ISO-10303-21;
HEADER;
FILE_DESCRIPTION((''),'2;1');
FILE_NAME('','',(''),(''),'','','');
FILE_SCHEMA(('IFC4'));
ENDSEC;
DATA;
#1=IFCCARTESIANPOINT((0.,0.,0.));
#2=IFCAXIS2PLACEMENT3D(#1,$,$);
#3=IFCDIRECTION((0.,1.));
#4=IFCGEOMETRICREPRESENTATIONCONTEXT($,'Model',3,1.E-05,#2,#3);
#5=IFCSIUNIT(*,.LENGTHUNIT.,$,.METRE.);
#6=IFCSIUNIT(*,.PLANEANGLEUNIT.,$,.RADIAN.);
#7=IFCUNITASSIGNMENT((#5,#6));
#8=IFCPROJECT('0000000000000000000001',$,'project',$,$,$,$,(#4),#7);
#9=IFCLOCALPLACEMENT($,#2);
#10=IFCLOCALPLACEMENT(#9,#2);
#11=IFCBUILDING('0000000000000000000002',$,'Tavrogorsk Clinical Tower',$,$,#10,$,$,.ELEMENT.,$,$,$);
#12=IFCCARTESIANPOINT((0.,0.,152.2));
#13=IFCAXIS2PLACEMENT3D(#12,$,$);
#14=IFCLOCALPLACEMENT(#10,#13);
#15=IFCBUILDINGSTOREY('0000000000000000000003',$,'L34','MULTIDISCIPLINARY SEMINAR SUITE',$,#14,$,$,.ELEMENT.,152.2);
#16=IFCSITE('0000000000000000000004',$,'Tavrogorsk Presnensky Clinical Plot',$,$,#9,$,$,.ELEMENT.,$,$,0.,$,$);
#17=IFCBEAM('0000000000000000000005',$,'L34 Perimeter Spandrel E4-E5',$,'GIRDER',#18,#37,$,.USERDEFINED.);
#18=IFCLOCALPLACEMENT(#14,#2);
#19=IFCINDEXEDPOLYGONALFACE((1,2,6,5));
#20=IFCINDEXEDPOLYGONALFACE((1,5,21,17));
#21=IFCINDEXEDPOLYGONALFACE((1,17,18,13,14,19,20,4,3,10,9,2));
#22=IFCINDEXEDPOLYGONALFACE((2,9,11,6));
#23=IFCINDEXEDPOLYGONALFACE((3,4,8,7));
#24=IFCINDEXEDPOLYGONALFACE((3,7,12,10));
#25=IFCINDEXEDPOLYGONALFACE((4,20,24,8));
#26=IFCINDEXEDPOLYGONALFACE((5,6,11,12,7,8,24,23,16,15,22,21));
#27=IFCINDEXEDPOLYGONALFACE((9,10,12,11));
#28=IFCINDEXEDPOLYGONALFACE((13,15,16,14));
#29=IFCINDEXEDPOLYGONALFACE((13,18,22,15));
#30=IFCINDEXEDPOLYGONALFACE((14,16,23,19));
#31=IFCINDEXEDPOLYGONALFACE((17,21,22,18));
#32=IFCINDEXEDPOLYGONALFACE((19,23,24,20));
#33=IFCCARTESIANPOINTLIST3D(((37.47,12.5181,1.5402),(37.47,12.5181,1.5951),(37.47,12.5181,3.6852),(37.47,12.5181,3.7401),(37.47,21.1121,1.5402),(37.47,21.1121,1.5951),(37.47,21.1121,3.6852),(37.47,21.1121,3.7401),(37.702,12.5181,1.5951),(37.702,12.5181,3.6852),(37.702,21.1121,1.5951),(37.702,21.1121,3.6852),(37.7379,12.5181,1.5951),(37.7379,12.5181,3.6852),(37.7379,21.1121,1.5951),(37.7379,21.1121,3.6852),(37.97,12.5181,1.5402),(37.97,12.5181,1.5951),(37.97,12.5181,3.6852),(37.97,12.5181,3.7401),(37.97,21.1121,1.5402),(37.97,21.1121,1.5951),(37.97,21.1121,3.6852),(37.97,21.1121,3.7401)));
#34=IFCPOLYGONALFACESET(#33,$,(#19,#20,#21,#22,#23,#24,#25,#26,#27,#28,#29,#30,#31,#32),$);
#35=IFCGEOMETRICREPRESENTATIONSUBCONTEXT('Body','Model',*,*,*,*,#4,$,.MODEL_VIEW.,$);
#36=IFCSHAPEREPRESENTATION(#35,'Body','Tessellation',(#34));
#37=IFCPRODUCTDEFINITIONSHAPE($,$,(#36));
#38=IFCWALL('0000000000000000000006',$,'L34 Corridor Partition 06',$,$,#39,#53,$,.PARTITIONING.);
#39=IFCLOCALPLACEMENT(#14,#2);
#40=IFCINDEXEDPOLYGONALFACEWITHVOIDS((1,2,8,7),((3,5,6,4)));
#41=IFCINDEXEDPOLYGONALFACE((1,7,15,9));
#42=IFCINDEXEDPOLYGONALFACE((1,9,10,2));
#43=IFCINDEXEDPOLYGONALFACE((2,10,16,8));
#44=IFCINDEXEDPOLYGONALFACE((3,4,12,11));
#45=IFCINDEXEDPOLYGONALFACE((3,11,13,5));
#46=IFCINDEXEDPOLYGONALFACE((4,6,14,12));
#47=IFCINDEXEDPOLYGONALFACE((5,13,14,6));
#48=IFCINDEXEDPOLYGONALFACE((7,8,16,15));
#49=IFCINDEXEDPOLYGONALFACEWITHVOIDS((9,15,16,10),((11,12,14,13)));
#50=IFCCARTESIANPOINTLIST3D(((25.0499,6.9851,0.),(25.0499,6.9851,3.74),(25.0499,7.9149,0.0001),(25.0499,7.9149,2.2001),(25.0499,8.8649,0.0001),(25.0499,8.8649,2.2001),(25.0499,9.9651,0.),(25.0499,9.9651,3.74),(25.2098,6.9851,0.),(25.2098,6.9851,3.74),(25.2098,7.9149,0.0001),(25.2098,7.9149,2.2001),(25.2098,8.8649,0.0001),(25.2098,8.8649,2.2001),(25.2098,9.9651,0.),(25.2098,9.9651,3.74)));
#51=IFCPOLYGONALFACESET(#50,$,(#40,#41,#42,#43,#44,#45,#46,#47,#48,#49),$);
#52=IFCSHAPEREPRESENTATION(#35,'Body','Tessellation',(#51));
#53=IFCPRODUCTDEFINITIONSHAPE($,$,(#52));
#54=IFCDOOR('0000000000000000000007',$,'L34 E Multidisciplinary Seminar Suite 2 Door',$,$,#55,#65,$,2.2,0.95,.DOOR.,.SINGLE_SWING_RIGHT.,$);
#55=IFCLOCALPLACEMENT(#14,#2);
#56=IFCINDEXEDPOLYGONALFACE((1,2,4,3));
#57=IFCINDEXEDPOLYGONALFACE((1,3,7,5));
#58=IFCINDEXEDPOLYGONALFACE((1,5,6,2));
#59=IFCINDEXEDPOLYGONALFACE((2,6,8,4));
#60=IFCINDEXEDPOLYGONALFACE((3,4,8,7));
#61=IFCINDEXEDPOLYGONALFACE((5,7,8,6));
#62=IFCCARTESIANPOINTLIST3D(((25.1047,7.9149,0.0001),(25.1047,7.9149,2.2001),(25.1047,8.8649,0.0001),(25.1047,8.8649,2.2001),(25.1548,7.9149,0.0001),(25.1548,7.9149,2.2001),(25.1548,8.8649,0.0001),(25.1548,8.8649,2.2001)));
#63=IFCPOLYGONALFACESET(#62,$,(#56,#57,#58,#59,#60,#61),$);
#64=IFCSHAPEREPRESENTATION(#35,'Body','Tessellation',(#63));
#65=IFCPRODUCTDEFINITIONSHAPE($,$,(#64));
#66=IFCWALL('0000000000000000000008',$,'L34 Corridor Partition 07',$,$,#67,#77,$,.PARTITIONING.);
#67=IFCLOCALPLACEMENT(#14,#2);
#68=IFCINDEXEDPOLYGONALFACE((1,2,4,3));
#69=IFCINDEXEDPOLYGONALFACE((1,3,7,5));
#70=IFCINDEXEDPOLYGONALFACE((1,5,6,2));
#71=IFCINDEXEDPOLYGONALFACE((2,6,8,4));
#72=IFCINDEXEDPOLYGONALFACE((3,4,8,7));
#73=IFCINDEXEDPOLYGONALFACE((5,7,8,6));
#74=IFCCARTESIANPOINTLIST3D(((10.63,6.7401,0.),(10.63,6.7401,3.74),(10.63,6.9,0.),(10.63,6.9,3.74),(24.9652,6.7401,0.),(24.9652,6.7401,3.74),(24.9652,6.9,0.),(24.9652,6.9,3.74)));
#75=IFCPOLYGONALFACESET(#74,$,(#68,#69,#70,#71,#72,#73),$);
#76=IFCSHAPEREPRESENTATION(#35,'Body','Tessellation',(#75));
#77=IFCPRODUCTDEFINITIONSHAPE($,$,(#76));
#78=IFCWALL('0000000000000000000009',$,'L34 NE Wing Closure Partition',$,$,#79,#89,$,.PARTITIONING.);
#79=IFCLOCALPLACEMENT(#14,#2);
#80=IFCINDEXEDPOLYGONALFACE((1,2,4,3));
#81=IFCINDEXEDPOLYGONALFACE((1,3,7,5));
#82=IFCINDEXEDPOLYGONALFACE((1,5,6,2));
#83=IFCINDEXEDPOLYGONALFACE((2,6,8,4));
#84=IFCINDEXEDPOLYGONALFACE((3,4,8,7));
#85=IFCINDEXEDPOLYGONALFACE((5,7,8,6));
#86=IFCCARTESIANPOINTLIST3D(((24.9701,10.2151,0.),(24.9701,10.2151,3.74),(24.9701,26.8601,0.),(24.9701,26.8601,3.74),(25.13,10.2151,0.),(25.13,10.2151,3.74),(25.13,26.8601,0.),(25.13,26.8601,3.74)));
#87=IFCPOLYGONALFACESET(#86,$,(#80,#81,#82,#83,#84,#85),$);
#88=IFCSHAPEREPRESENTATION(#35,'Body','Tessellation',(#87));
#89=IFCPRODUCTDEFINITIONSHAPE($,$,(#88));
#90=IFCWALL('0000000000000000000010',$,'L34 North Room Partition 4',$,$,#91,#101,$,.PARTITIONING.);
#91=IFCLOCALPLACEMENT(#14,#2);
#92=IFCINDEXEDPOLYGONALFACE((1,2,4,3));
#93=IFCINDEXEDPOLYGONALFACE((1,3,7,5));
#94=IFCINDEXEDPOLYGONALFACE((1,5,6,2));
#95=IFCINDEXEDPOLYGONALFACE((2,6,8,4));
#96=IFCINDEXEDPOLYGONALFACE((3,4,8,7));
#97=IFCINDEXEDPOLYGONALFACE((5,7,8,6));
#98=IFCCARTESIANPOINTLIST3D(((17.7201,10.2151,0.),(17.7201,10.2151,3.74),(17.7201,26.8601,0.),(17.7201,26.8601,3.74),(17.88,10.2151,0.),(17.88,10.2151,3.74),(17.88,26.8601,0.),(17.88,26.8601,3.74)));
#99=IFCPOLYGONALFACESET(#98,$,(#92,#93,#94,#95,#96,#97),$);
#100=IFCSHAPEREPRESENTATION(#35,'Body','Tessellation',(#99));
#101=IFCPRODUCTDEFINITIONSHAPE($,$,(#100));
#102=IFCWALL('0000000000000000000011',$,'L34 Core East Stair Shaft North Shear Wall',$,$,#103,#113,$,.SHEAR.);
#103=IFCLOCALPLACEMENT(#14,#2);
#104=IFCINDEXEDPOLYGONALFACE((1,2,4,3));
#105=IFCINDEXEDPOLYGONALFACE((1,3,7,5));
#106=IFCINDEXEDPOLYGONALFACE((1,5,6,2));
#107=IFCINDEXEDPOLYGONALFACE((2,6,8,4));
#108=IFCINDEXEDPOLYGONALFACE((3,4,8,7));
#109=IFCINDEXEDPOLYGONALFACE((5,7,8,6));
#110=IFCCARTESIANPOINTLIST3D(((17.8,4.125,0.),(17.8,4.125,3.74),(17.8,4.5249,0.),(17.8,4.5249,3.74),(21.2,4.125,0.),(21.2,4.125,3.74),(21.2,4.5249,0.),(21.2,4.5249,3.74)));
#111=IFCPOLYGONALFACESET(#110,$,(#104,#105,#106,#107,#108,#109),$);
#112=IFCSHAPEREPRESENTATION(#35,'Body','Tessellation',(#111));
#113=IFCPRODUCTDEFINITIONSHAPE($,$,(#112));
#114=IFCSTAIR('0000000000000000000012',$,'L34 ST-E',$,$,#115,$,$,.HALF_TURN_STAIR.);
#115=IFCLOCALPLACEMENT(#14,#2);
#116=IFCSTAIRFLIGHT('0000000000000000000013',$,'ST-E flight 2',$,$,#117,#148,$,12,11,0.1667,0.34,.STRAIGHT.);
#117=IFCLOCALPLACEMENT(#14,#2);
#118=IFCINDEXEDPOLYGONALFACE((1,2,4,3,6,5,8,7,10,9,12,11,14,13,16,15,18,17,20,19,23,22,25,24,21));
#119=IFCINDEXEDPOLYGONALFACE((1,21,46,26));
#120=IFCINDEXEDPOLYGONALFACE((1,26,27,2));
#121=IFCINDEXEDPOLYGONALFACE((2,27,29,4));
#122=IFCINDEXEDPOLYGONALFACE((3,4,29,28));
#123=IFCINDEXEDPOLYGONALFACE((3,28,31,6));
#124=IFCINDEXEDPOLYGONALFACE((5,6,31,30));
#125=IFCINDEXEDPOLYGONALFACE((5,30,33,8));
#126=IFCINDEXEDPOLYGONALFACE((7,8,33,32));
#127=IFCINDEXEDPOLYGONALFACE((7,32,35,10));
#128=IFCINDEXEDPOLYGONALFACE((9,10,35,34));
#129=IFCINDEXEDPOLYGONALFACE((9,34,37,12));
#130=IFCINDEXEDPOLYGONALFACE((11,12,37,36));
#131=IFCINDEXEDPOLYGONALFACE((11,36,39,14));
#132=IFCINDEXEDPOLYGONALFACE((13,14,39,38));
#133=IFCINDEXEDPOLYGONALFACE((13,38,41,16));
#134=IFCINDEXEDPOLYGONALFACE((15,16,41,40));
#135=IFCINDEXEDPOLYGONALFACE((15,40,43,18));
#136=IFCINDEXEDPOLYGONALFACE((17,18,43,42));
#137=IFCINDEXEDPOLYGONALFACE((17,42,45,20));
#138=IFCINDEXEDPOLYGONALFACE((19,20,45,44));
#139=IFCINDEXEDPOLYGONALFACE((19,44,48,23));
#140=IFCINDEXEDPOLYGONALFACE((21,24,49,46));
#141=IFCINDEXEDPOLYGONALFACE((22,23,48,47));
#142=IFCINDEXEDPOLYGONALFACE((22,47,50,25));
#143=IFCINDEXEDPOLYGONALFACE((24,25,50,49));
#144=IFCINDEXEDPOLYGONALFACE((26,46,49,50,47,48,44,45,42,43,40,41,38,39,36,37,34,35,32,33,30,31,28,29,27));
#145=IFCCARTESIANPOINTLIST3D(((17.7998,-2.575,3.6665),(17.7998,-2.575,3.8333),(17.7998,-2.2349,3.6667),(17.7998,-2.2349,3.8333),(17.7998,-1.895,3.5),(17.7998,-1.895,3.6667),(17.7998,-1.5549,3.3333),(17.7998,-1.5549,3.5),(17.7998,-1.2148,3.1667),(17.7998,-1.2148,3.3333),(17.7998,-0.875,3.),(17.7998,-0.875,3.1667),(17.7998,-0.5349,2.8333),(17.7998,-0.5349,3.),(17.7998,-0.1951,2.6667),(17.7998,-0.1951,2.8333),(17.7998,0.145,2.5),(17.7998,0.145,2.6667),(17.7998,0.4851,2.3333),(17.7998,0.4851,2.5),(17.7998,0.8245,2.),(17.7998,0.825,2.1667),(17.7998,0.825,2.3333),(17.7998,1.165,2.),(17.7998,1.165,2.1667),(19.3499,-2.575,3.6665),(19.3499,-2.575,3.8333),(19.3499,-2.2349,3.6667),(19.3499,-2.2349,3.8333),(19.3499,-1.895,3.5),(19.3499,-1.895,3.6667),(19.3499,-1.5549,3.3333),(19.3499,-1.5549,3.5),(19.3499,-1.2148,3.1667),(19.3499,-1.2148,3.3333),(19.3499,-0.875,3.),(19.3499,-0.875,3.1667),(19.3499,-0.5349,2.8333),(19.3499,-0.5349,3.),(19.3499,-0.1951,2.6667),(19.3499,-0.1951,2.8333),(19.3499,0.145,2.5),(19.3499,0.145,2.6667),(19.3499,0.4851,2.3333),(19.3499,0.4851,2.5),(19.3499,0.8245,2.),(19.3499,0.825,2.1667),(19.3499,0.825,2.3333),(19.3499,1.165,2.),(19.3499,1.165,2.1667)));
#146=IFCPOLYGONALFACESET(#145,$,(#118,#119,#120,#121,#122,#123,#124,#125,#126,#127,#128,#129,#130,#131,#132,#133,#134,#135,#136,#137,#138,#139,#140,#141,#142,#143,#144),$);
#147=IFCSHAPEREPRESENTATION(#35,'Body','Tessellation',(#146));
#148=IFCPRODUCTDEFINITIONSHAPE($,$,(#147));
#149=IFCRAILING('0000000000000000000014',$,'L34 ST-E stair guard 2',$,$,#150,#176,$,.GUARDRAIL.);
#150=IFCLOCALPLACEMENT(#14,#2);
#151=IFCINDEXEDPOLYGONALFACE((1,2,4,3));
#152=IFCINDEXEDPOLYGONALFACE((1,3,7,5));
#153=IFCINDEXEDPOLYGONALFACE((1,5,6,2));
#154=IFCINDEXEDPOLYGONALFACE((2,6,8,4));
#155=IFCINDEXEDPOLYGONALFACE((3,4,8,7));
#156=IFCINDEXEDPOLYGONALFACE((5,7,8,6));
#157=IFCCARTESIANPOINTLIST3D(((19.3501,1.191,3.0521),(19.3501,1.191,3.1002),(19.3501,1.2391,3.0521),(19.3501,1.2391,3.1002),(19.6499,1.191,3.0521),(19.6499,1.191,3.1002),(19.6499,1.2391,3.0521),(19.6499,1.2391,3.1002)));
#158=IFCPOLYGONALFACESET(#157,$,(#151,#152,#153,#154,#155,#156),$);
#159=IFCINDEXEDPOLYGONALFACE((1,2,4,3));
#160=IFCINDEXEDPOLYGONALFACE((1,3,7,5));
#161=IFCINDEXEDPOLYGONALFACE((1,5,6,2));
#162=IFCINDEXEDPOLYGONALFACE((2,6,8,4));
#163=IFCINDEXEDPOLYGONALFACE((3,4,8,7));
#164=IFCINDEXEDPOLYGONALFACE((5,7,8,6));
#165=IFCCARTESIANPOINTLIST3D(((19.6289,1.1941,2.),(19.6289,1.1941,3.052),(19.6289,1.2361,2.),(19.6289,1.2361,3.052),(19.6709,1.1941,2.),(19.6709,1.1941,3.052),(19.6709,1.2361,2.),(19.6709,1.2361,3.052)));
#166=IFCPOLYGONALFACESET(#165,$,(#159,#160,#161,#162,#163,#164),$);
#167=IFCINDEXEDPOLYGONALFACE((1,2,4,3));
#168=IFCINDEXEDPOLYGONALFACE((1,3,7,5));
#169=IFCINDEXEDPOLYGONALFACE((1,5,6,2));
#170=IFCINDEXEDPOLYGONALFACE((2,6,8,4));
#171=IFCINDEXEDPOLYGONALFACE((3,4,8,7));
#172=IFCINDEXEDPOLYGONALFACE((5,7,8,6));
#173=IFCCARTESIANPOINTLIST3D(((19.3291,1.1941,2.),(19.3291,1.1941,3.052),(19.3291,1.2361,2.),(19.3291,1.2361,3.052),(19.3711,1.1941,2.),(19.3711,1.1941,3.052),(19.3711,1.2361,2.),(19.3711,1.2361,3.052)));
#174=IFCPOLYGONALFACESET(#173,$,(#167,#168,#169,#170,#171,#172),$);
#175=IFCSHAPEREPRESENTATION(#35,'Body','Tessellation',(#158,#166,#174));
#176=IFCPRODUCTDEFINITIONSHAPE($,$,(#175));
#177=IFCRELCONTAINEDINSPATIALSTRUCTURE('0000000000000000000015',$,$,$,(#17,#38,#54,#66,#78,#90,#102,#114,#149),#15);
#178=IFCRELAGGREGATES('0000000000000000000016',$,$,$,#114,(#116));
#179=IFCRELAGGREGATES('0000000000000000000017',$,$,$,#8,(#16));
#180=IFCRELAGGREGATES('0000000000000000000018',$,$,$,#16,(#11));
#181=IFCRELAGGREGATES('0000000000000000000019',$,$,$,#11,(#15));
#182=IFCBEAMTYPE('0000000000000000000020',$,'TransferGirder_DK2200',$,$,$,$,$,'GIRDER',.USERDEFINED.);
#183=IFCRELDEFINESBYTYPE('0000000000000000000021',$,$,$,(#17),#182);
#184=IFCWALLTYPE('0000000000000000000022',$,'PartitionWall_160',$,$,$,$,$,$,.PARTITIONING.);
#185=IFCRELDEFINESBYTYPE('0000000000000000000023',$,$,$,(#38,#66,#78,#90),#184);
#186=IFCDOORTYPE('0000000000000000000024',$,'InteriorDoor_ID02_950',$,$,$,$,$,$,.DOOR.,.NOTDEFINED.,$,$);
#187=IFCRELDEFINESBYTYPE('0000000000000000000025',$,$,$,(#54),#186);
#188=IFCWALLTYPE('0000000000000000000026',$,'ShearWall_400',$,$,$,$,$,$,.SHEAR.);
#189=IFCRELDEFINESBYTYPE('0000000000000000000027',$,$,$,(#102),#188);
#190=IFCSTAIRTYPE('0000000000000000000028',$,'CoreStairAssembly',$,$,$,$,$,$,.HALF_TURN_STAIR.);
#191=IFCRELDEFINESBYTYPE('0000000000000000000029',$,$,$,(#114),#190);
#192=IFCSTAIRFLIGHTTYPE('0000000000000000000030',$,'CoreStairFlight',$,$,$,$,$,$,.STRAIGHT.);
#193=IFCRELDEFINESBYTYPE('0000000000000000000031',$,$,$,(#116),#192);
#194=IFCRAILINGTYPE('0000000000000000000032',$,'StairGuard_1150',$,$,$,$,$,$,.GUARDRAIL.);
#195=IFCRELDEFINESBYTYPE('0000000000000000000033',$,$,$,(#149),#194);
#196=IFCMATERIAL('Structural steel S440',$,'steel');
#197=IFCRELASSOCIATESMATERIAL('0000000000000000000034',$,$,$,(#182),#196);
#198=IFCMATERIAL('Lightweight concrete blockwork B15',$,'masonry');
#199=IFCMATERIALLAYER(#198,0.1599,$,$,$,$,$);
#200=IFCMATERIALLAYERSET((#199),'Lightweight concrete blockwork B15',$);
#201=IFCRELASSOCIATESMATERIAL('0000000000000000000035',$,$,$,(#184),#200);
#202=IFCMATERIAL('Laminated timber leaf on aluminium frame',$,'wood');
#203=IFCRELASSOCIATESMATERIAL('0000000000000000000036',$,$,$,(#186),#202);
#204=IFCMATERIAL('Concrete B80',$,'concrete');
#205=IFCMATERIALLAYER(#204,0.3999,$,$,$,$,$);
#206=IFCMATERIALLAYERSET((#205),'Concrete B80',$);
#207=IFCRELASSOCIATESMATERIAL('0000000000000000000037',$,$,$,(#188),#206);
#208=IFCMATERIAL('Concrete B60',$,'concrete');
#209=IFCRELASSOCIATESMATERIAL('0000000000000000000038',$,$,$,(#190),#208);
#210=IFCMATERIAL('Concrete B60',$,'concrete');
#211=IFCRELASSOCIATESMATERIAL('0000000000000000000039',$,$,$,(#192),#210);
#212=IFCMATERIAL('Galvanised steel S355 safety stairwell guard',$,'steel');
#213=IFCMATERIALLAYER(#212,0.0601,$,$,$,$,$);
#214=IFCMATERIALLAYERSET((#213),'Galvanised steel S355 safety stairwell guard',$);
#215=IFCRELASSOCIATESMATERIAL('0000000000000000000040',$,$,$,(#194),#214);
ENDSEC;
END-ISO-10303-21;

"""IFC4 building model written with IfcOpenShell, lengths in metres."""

from ifc_helpers import new_model, si_unit, direction, frame, frame_2d, origin, origin_2d, place, context, subcontext, project, spatial, polyline, rectangle, i_section, outline, extrude, material, layer, layer_set, material_profile, profile_set, type_object, element, fill, aggregate, save


model = new_model("IFC4")

# Units and contexts
model_context = context("Model", 3, precision=1e-05, world=origin(), true_north=direction((0.0, 1.0)))
body_context = subcontext(model_context, "Body", "Model", "MODEL_VIEW")
ifc_project = project(units=[si_unit("LENGTHUNIT", "METRE"), si_unit("PLANEANGLEUNIT", "RADIAN")], contexts=[model_context])

# Site, building, storey
site_placement = place(None, origin())
site = spatial("IfcSite", under=ifc_project, at=site_placement, Name="Tavrogorsk Presnensky Clinical Plot", CompositionType="ELEMENT", RefElevation=0.0)
building_placement = place(site_placement, origin())
building = spatial("IfcBuilding", under=site, at=building_placement, Name="Tavrogorsk Clinical Tower", CompositionType="ELEMENT")
storey_placement = place(building_placement, frame((0.0, 0.0, 152.2)))
storey = spatial("IfcBuildingStorey", under=building, at=storey_placement, Name="L34", Description="MULTIDISCIPLINARY SEMINAR SUITE", CompositionType="ELEMENT", Elevation=152.2)

# Beam
ifc_material_1 = material(Name="Structural steel S440", Category="steel")
ifc_material_profile_1 = material_profile(ifc_material_1, i_section(OverallWidth=0.5, OverallDepth=2.2, WebThickness=0.0359, FlangeThickness=0.0549, at=origin_2d()), Name="DK-2200x500x36x55")
ifc_profile_set_1 = profile_set([ifc_material_profile_1], Name="Structural steel S440")
beam_type_1 = type_object("IfcBeamType", Name="TransferGirder_DK2200", ElementType="GIRDER", PredefinedType="USERDEFINED", material=ifc_profile_set_1)
for number, where, z_axis, x_axis, name in (
    (1, (37.72, 12.5181, 2.6401), (0.0, 1.0, 0.0), (-1.0, 0.0, 0.0), "L34 Perimeter Spandrel E4-E5"),
):
    element("IfcBeam", number, at=place(storey_placement, frame(where, z_axis=z_axis, x_axis=x_axis)), inside=storey, type_object=beam_type_1, Name=name, ObjectType="GIRDER", PredefinedType="USERDEFINED", context=body_context, shape_type="SweptSolid", body=[
        extrude(i_section(OverallWidth=0.5, OverallDepth=2.2, WebThickness=0.0359, FlangeThickness=0.0549, at=origin_2d()), origin(), (0.0, 0.0, 1.0), 8.594),
    ])

# Wall, opening, door
ifc_material_2 = material(Name="Lightweight concrete blockwork B15", Category="masonry")
ifc_layer_1 = layer(ifc_material_2, 0.1599)
ifc_layer_set_1 = layer_set([ifc_layer_1], Name="Lightweight concrete blockwork B15")
wall_type_1 = type_object("IfcWallType", Name="PartitionWall_160", PredefinedType="PARTITIONING", material=ifc_layer_set_1)
wall_1_placement = place(storey_placement, frame((25.1299, 9.9651, 0.0), z_axis=(0.0, 0.0, 1.0), x_axis=(0.0, -1.0, 0.0)))
wall_1 = element("IfcWall", 2, at=wall_1_placement, inside=storey, type_object=wall_type_1, Name="L34 Corridor Partition 06", PredefinedType="PARTITIONING", context=body_context, shape_type="SweptSolid", body=[
    extrude(rectangle(XDim=2.98, YDim=0.1599, at=frame_2d((1.49, 0.0))), origin(), (0.0, 0.0, 1.0), 3.74),
])
opening_placement = place(wall_1_placement, frame((1.1001, 0.0, 0.0)))
opening = element("IfcOpeningElement", 3, at=opening_placement, cuts=wall_1, PredefinedType="OPENING", context=body_context, shape_type="SweptSolid", body=[
    extrude(rectangle(XDim=0.95, YDim=2.2, at=frame_2d((0.4751, 1.1001))), frame((0.0, 0.0898, 0.0), z_axis=(0.0, -1.0, 0.0), x_axis=(1.0, 0.0, 0.0)), (0.0, 0.0, 1.0), 0.1799),
])
ifc_material_3 = material(Name="Laminated timber leaf on aluminium frame", Category="wood")
door_type = type_object("IfcDoorType", Name="InteriorDoor_ID02_950", OperationType="NOTDEFINED", PredefinedType="DOOR", material=ifc_material_3)
door_placement = place(opening_placement, origin())
door = element("IfcDoor", 4, at=door_placement, inside=storey, type_object=door_type, Name="L34 E Multidisciplinary Seminar Suite 2 Door", OperationType="SINGLE_SWING_RIGHT", OverallHeight=2.2, OverallWidth=0.95, PredefinedType="DOOR", context=body_context, shape_type="SweptSolid", body=[
    extrude(rectangle(XDim=0.95, YDim=2.2, at=frame_2d((0.4751, 1.1001))), frame((0.0, 0.0249, 0.0), z_axis=(0.0, -1.0, 0.0), x_axis=(1.0, 0.0, 0.0)), (0.0, 0.0, 1.0), 0.05),
])
fill(opening, door)

# Walls
wall_2_placement = place(storey_placement, frame((24.9651, 6.8201, 0.0), z_axis=(0.0, 0.0, 1.0), x_axis=(-1.0, 0.0, 0.0)))
element("IfcWall", 5, at=wall_2_placement, inside=storey, type_object=wall_type_1, Name="L34 Corridor Partition 07", PredefinedType="PARTITIONING", context=body_context, shape_type="SweptSolid", body=[
    extrude(rectangle(XDim=14.3352, YDim=0.1599, at=frame_2d((7.1675, 0.0))), origin(), (0.0, 0.0, 1.0), 3.74),
])
for number, where, z_axis, x_axis, name in (
    (6, (25.05, 10.2151, 0.0), (0.0, 0.0, 1.0), (0.0, 1.0, 0.0), "L34 NE Wing Closure Partition"),
    (7, (17.8, 10.2151, 0.0), (0.0, 0.0, 1.0), (0.0, 1.0, 0.0), "L34 North Room Partition 4"),
):
    element("IfcWall", number, at=place(storey_placement, frame(where, z_axis=z_axis, x_axis=x_axis)), inside=storey, type_object=wall_type_1, Name=name, PredefinedType="PARTITIONING", context=body_context, shape_type="SweptSolid", body=[
        extrude(rectangle(XDim=16.645, YDim=0.1599, at=frame_2d((8.3225, 0.0))), origin(), (0.0, 0.0, 1.0), 3.74),
    ])
ifc_material_4 = material(Name="Concrete B80", Category="concrete")
ifc_layer_2 = layer(ifc_material_4, 0.3999)
ifc_layer_set_2 = layer_set([ifc_layer_2], Name="Concrete B80")
wall_type_2 = type_object("IfcWallType", Name="ShearWall_400", PredefinedType="SHEAR", material=ifc_layer_set_2)
wall_3_placement = place(storey_placement, frame((17.8, 4.325, 0.0), z_axis=(0.0, 0.0, 1.0), x_axis=(1.0, 0.0, 0.0)))
element("IfcWall", 8, at=wall_3_placement, inside=storey, type_object=wall_type_2, Name="L34 Core East Stair Shaft North Shear Wall", PredefinedType="SHEAR", context=body_context, shape_type="SweptSolid", body=[
    extrude(rectangle(XDim=3.3999, YDim=0.3999, at=frame_2d((1.7, 0.0))), origin(), (0.0, 0.0, 1.0), 3.74),
])

# Stair, stair flight
ifc_material_5 = material(Name="Concrete B60", Category="concrete")
stair_type = type_object("IfcStairType", Name="CoreStairAssembly", PredefinedType="HALF_TURN_STAIR", material=ifc_material_5)
stair_placement = place(storey_placement, origin())
stair = element("IfcStair", 9, at=stair_placement, inside=storey, type_object=stair_type, Name="L34 ST-E", PredefinedType="HALF_TURN_STAIR")
ifc_material_6 = material(Name="Concrete B60", Category="concrete")
stair_flight_type = type_object("IfcStairFlightType", Name="CoreStairFlight", PredefinedType="STRAIGHT", material=ifc_material_6)
stair_flight_placement = place(storey_placement, frame((18.575, 1.165, 2.0), z_axis=(0.0, 0.0, 1.0), x_axis=(0.0, -1.0, 0.0)))
stair_flight = element("IfcStairFlight", 10, at=stair_flight_placement, type_object=stair_flight_type, Name="ST-E flight 2", NumberOfRisers=12, NumberOfTreads=11, PredefinedType="STRAIGHT", RiserHeight=0.1667, TreadLength=0.34, context=body_context, shape_type="SweptSolid", body=[
    extrude(outline(polyline([(0.0, 0.0), (0.0, 0.1667), (0.3401, 0.1667), (0.3401, 0.3333), (0.6799, 0.3333), (0.6799, 0.5), (1.02, 0.5), (1.02, 0.6667), (1.3601, 0.6667), (1.3601, 0.8333), (1.7, 0.8333), (1.7, 1.0), (2.04, 1.0), (2.04, 1.1667), (2.3799, 1.1667), (2.3799, 1.3333), (2.72, 1.3333), (2.72, 1.5), (3.0601, 1.5), (3.0601, 1.6667), (3.3999, 1.6667), (3.3999, 1.8333), (3.74, 1.8333), (3.74, 2.0), (3.74, 1.6665), (0.3406, 0.0), (0.0, 0.0)])), frame((0.0, 0.7749, 0.0), z_axis=(0.0, -1.0, 0.0), x_axis=(1.0, 0.0, 0.0)), (0.0, 0.0, 1.0), 1.55),
])
aggregate(stair, [stair_flight])

# Railing
ifc_material_7 = material(Name="Galvanised steel S355 safety stairwell guard", Category="steel")
ifc_layer_3 = layer(ifc_material_7, 0.0601)
ifc_layer_set_3 = layer_set([ifc_layer_3], Name="Galvanised steel S355 safety stairwell guard")
railing_type_1 = type_object("IfcRailingType", Name="StairGuard_1150", PredefinedType="GUARDRAIL", material=ifc_layer_set_3)
railing_1_placement = place(storey_placement, frame((19.6499, 1.2151, 2.0)))
element("IfcRailing", 11, at=railing_1_placement, inside=storey, type_object=railing_type_1, Name="L34 ST-E stair guard 2", PredefinedType="GUARDRAIL", context=body_context, shape_type="SweptSolid", body=[
    extrude(rectangle(XDim=0.0481, YDim=0.0481, at=origin_2d()), frame((0.0, 0.0, 1.0762), z_axis=(-1.0, 0.0, 0.0), x_axis=(0.0, -1.0, 0.0)), (0.0, 0.0, 1.0), 0.2998),
    extrude(rectangle(XDim=0.042, YDim=0.042, at=origin_2d()), origin(), (0.0, 0.0, 1.0), 1.052),
    extrude(rectangle(XDim=0.042, YDim=0.042, at=origin_2d()), frame((-0.2998, 0.0, 0.0)), (0.0, 0.0, 1.0), 1.052),
])

save(model, "model.ifc")
